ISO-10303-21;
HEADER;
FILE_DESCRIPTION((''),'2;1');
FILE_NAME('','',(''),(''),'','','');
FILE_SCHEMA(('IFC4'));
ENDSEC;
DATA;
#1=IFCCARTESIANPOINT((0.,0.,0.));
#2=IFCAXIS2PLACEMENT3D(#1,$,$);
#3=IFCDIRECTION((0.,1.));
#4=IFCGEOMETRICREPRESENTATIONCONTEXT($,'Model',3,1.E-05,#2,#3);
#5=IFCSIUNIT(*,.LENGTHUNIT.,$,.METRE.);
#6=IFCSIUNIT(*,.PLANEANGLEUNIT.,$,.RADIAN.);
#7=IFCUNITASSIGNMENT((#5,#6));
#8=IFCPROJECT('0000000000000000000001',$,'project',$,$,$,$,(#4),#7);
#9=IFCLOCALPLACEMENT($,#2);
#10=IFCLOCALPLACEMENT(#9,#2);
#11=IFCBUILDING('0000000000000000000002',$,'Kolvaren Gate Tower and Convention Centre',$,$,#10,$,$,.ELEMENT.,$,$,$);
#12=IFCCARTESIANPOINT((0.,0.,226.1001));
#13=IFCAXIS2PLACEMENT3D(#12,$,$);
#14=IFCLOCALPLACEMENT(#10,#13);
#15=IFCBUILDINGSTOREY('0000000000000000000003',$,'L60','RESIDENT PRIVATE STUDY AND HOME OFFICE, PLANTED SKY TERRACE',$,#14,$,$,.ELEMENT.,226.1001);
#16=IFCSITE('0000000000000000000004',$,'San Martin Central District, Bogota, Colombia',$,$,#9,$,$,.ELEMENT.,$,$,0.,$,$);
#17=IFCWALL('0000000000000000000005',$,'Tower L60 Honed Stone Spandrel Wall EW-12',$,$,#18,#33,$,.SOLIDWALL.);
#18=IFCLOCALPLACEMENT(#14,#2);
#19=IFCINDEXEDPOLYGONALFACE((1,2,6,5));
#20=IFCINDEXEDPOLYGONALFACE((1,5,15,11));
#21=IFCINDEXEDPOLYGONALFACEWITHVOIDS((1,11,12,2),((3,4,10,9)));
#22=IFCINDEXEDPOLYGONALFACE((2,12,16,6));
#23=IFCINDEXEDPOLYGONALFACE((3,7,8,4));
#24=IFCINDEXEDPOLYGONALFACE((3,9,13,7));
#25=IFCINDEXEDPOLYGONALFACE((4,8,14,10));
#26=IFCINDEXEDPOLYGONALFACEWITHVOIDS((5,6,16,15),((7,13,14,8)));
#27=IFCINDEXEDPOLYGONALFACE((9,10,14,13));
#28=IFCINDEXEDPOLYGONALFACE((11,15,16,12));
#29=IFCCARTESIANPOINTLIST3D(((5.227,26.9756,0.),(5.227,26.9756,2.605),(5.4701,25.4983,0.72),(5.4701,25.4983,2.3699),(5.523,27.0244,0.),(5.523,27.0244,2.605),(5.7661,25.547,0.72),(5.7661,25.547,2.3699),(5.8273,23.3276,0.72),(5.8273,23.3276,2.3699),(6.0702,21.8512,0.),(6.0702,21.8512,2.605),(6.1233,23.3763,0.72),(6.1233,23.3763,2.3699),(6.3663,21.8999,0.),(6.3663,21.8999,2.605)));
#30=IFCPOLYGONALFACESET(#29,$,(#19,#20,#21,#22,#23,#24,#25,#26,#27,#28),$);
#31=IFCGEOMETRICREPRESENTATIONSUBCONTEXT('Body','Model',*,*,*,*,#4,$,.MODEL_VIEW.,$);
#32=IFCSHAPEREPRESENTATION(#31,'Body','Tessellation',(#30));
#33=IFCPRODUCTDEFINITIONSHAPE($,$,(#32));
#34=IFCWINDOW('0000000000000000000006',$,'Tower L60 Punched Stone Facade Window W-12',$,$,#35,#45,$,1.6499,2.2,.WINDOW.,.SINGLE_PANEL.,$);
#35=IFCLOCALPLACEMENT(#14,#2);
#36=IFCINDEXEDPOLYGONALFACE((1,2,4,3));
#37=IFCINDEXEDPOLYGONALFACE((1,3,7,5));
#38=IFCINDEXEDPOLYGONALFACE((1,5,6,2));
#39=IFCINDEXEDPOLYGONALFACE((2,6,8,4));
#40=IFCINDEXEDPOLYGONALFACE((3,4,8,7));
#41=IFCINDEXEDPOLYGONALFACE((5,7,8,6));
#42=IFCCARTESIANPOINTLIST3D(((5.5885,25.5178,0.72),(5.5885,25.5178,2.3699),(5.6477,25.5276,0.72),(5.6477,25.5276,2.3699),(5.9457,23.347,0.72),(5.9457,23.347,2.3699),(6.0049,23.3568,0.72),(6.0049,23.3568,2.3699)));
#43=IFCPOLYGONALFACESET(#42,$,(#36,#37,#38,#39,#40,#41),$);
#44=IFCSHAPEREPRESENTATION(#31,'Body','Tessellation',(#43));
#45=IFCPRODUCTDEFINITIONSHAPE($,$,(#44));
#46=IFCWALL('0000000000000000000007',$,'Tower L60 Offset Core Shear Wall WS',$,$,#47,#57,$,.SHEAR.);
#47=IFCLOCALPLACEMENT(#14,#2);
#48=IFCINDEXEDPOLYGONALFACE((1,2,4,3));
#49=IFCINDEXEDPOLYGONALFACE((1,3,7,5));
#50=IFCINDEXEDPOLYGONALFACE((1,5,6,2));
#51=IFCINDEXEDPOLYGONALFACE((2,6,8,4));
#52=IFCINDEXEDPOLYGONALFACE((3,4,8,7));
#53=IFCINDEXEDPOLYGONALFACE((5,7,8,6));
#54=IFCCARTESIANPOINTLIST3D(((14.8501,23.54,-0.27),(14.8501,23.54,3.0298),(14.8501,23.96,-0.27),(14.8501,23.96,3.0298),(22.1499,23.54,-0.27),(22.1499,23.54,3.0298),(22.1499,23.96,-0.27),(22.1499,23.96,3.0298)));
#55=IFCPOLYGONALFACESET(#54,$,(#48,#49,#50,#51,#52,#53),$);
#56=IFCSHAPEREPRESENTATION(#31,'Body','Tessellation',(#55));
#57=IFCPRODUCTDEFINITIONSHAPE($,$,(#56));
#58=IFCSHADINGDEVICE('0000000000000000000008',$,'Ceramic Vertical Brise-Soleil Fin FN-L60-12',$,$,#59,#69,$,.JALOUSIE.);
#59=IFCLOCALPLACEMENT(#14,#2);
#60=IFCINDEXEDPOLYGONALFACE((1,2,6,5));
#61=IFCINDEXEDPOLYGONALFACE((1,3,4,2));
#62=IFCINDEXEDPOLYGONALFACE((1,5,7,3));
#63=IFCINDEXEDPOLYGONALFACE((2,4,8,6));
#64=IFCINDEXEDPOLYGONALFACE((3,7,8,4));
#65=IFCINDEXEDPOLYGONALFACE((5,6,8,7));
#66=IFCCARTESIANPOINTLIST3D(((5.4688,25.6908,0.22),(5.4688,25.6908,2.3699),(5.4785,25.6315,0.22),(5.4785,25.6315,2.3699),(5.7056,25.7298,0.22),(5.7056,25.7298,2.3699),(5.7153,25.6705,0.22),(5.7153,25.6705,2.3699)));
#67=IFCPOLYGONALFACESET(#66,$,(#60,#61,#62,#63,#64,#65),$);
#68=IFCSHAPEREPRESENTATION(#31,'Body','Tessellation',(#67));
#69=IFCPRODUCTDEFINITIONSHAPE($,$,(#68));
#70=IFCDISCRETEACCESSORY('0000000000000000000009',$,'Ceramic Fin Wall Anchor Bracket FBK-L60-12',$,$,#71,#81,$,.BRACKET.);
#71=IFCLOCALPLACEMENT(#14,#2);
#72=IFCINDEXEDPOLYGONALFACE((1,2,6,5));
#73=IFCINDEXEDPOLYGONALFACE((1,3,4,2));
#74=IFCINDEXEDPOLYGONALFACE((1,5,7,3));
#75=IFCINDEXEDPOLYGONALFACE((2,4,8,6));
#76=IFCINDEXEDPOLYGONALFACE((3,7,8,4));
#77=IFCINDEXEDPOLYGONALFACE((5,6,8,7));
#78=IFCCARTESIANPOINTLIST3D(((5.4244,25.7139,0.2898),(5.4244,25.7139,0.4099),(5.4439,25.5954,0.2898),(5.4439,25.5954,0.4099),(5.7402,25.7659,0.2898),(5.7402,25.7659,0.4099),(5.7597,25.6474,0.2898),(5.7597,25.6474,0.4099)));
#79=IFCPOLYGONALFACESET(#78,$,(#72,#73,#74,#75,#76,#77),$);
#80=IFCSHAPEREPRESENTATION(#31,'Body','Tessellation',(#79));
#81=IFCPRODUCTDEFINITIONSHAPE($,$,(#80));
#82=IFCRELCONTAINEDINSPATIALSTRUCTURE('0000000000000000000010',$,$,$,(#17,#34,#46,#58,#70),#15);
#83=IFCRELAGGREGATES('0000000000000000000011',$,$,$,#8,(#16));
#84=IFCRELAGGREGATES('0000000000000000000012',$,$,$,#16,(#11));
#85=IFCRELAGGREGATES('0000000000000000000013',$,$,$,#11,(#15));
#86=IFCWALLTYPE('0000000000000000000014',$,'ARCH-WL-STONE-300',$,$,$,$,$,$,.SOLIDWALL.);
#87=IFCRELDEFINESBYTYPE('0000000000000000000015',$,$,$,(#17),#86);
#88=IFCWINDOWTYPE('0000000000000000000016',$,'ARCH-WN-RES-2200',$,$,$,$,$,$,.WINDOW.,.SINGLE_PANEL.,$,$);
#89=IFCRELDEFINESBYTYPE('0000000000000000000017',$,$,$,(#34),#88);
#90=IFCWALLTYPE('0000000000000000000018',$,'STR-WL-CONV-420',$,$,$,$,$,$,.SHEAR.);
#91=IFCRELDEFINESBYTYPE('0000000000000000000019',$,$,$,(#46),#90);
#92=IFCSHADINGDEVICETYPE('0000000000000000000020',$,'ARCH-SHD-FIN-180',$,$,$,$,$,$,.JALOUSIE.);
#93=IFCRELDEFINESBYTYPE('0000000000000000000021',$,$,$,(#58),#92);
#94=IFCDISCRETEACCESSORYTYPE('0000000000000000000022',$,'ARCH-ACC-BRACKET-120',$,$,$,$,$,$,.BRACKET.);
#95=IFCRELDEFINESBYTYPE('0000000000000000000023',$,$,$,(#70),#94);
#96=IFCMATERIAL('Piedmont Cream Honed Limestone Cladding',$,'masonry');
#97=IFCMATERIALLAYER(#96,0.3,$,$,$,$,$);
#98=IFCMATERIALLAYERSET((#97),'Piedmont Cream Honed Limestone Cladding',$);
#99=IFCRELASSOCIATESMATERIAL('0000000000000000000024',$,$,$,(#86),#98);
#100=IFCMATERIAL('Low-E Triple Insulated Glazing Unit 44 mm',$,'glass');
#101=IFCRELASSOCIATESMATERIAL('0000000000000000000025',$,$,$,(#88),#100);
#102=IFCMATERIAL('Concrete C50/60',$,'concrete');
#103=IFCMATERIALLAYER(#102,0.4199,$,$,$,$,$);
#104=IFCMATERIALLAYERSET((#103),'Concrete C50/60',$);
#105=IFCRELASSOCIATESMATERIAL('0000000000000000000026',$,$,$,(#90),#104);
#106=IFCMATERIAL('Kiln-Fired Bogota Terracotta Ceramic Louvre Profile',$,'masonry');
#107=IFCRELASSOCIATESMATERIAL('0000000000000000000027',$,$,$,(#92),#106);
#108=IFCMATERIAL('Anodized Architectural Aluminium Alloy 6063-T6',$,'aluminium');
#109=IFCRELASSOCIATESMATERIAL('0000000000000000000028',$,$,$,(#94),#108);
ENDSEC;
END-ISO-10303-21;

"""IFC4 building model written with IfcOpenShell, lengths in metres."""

from ifc_helpers import new_model, si_unit, direction, frame, frame_2d, origin, origin_2d, place, context, subcontext, project, spatial, rectangle, extrude, material, layer, layer_set, type_object, element, fill, save


model = new_model("IFC4")

# Units and contexts
model_context = context("Model", 3, precision=1e-05, world=origin(), true_north=direction((0.0, 1.0)))
body_context = subcontext(model_context, "Body", "Model", "MODEL_VIEW")
ifc_project = project(units=[si_unit("LENGTHUNIT", "METRE"), si_unit("PLANEANGLEUNIT", "RADIAN")], contexts=[model_context])

# Site, building, storey
site_placement = place(None, origin())
site = spatial("IfcSite", under=ifc_project, at=site_placement, Name="San Martin Central District, Bogota, Colombia", CompositionType="ELEMENT", RefElevation=0.0)
building_placement = place(site_placement, origin())
building = spatial("IfcBuilding", under=site, at=building_placement, Name="Kolvaren Gate Tower and Convention Centre", CompositionType="ELEMENT")
storey_placement = place(building_placement, frame((0.0, 0.0, 226.1001)))
storey = spatial("IfcBuildingStorey", under=building, at=storey_placement, Name="L60", Description="RESIDENT PRIVATE STUDY AND HOME OFFICE, PLANTED SKY TERRACE", CompositionType="ELEMENT", Elevation=226.1001)

# Shared definitions
ifc_material_1 = material(Name="Piedmont Cream Honed Limestone Cladding", Category="masonry")

# Wall, opening, window
ifc_layer_1 = layer(ifc_material_1, 0.3)
ifc_layer_set_1 = layer_set([ifc_layer_1], Name="Piedmont Cream Honed Limestone Cladding")
wall_type_1 = type_object("IfcWallType", Name="ARCH-WL-STONE-300", PredefinedType="SOLIDWALL", material=ifc_layer_set_1)
ifc_material_2 = material(Name="Low-E Triple Insulated Glazing Unit 44 mm", Category="glass")
window_type = type_object("IfcWindowType", Name="ARCH-WN-RES-2200", PartitioningType="SINGLE_PANEL", PredefinedType="WINDOW", material=ifc_material_2)
wall_1_placement = place(storey_placement, frame((5.375, 27.0, 0.0), z_axis=(0.0, 0.0, 1.0), x_axis=(0.162371, -0.98673, 0.0)))
wall_1 = element("IfcWall", 1, at=wall_1_placement, inside=storey, type_object=wall_type_1, Name="Tower L60 Honed Stone Spandrel Wall EW-12", PredefinedType="SOLIDWALL", context=body_context, shape_type="SweptSolid", body=[
    extrude(rectangle(XDim=5.1934, YDim=0.3, at=frame_2d((2.5967, 0.0))), origin(), (0.0, 0.0, 1.0), 2.605),
])
opening_1_placement = place(wall_1_placement, frame((1.4971, 0.0, 0.72)))
opening_1 = element("IfcOpeningElement", 2, at=opening_1_placement, cuts=wall_1, PredefinedType="OPENING", context=body_context, shape_type="SweptSolid", body=[
    extrude(rectangle(XDim=2.2, YDim=1.6499, at=frame_2d((1.1001, 0.825))), frame((0.0, 0.1599, 0.0), z_axis=(0.0, -1.0, 0.0), x_axis=(1.0, 0.0, 0.0)), (0.0, 0.0, 1.0), 0.3201),
])
window_1_placement = place(opening_1_placement, origin())
window_1 = element("IfcWindow", 3, at=window_1_placement, inside=storey, type_object=window_type, Name="Tower L60 Punched Stone Facade Window W-12", OverallHeight=1.6499, OverallWidth=2.2, PartitioningType="SINGLE_PANEL", PredefinedType="WINDOW", context=body_context, shape_type="SweptSolid", body=[
    extrude(rectangle(XDim=2.2, YDim=1.6499, at=frame_2d((1.1001, 0.825))), frame((0.0, 0.03, 0.0), z_axis=(0.0, -1.0, 0.0), x_axis=(1.0, 0.0, 0.0)), (0.0, 0.0, 1.0), 0.0601),
])
fill(opening_1, window_1)

# Wall
ifc_material_3 = material(Name="Concrete C50/60", Category="concrete")
ifc_layer_2 = layer(ifc_material_3, 0.4199)
ifc_layer_set_2 = layer_set([ifc_layer_2], Name="Concrete C50/60")
wall_type_2 = type_object("IfcWallType", Name="STR-WL-CONV-420", PredefinedType="SHEAR", material=ifc_layer_set_2)
wall_2_placement = place(storey_placement, frame((14.8501, 23.75, -0.27), z_axis=(0.0, 0.0, 1.0), x_axis=(1.0, 0.0, 0.0)))
element("IfcWall", 4, at=wall_2_placement, inside=storey, type_object=wall_type_2, Name="Tower L60 Offset Core Shear Wall WS", PredefinedType="SHEAR", context=body_context, shape_type="SweptSolid", body=[
    extrude(rectangle(XDim=7.2998, YDim=0.4199, at=frame_2d((3.6499, 0.0))), origin(), (0.0, 0.0, 1.0), 3.2998),
])

# Shading device
ifc_material_4 = material(Name="Kiln-Fired Bogota Terracotta Ceramic Louvre Profile", Category="masonry")
shading_device_type = type_object("IfcShadingDeviceType", Name="ARCH-SHD-FIN-180", PredefinedType="JALOUSIE", material=ifc_material_4)
shading_device_placement = place(storey_placement, frame((5.592, 25.6807, 0.22), z_axis=(0.0, 0.0, 1.0), x_axis=(0.162375, -0.986729, 0.0)))
element("IfcShadingDevice", 5, at=shading_device_placement, inside=storey, type_object=shading_device_type, Name="Ceramic Vertical Brise-Soleil Fin FN-L60-12", PredefinedType="JALOUSIE", context=body_context, shape_type="SweptSolid", body=[
    extrude(rectangle(XDim=0.0601, YDim=0.24, at=origin_2d()), origin(), (0.0, 0.0, 1.0), 2.1499),
])

# Discrete accessory
ifc_material_5 = material(Name="Anodized Architectural Aluminium Alloy 6063-T6", Category="aluminium")
discrete_accessory_type = type_object("IfcDiscreteAccessoryType", Name="ARCH-ACC-BRACKET-120", PredefinedType="BRACKET", material=ifc_material_5)
discrete_accessory_placement = place(storey_placement, frame((5.592, 25.6807, 0.2898), z_axis=(0.0, 0.0, 1.0), x_axis=(0.162375, -0.986729, 0.0)))
element("IfcDiscreteAccessory", 6, at=discrete_accessory_placement, inside=storey, type_object=discrete_accessory_type, Name="Ceramic Fin Wall Anchor Bracket FBK-L60-12", PredefinedType="BRACKET", context=body_context, shape_type="SweptSolid", body=[
    extrude(rectangle(XDim=0.1201, YDim=0.3201, at=origin_2d()), origin(), (0.0, 0.0, 1.0), 0.1201),
])

save(model, "model.ifc")
